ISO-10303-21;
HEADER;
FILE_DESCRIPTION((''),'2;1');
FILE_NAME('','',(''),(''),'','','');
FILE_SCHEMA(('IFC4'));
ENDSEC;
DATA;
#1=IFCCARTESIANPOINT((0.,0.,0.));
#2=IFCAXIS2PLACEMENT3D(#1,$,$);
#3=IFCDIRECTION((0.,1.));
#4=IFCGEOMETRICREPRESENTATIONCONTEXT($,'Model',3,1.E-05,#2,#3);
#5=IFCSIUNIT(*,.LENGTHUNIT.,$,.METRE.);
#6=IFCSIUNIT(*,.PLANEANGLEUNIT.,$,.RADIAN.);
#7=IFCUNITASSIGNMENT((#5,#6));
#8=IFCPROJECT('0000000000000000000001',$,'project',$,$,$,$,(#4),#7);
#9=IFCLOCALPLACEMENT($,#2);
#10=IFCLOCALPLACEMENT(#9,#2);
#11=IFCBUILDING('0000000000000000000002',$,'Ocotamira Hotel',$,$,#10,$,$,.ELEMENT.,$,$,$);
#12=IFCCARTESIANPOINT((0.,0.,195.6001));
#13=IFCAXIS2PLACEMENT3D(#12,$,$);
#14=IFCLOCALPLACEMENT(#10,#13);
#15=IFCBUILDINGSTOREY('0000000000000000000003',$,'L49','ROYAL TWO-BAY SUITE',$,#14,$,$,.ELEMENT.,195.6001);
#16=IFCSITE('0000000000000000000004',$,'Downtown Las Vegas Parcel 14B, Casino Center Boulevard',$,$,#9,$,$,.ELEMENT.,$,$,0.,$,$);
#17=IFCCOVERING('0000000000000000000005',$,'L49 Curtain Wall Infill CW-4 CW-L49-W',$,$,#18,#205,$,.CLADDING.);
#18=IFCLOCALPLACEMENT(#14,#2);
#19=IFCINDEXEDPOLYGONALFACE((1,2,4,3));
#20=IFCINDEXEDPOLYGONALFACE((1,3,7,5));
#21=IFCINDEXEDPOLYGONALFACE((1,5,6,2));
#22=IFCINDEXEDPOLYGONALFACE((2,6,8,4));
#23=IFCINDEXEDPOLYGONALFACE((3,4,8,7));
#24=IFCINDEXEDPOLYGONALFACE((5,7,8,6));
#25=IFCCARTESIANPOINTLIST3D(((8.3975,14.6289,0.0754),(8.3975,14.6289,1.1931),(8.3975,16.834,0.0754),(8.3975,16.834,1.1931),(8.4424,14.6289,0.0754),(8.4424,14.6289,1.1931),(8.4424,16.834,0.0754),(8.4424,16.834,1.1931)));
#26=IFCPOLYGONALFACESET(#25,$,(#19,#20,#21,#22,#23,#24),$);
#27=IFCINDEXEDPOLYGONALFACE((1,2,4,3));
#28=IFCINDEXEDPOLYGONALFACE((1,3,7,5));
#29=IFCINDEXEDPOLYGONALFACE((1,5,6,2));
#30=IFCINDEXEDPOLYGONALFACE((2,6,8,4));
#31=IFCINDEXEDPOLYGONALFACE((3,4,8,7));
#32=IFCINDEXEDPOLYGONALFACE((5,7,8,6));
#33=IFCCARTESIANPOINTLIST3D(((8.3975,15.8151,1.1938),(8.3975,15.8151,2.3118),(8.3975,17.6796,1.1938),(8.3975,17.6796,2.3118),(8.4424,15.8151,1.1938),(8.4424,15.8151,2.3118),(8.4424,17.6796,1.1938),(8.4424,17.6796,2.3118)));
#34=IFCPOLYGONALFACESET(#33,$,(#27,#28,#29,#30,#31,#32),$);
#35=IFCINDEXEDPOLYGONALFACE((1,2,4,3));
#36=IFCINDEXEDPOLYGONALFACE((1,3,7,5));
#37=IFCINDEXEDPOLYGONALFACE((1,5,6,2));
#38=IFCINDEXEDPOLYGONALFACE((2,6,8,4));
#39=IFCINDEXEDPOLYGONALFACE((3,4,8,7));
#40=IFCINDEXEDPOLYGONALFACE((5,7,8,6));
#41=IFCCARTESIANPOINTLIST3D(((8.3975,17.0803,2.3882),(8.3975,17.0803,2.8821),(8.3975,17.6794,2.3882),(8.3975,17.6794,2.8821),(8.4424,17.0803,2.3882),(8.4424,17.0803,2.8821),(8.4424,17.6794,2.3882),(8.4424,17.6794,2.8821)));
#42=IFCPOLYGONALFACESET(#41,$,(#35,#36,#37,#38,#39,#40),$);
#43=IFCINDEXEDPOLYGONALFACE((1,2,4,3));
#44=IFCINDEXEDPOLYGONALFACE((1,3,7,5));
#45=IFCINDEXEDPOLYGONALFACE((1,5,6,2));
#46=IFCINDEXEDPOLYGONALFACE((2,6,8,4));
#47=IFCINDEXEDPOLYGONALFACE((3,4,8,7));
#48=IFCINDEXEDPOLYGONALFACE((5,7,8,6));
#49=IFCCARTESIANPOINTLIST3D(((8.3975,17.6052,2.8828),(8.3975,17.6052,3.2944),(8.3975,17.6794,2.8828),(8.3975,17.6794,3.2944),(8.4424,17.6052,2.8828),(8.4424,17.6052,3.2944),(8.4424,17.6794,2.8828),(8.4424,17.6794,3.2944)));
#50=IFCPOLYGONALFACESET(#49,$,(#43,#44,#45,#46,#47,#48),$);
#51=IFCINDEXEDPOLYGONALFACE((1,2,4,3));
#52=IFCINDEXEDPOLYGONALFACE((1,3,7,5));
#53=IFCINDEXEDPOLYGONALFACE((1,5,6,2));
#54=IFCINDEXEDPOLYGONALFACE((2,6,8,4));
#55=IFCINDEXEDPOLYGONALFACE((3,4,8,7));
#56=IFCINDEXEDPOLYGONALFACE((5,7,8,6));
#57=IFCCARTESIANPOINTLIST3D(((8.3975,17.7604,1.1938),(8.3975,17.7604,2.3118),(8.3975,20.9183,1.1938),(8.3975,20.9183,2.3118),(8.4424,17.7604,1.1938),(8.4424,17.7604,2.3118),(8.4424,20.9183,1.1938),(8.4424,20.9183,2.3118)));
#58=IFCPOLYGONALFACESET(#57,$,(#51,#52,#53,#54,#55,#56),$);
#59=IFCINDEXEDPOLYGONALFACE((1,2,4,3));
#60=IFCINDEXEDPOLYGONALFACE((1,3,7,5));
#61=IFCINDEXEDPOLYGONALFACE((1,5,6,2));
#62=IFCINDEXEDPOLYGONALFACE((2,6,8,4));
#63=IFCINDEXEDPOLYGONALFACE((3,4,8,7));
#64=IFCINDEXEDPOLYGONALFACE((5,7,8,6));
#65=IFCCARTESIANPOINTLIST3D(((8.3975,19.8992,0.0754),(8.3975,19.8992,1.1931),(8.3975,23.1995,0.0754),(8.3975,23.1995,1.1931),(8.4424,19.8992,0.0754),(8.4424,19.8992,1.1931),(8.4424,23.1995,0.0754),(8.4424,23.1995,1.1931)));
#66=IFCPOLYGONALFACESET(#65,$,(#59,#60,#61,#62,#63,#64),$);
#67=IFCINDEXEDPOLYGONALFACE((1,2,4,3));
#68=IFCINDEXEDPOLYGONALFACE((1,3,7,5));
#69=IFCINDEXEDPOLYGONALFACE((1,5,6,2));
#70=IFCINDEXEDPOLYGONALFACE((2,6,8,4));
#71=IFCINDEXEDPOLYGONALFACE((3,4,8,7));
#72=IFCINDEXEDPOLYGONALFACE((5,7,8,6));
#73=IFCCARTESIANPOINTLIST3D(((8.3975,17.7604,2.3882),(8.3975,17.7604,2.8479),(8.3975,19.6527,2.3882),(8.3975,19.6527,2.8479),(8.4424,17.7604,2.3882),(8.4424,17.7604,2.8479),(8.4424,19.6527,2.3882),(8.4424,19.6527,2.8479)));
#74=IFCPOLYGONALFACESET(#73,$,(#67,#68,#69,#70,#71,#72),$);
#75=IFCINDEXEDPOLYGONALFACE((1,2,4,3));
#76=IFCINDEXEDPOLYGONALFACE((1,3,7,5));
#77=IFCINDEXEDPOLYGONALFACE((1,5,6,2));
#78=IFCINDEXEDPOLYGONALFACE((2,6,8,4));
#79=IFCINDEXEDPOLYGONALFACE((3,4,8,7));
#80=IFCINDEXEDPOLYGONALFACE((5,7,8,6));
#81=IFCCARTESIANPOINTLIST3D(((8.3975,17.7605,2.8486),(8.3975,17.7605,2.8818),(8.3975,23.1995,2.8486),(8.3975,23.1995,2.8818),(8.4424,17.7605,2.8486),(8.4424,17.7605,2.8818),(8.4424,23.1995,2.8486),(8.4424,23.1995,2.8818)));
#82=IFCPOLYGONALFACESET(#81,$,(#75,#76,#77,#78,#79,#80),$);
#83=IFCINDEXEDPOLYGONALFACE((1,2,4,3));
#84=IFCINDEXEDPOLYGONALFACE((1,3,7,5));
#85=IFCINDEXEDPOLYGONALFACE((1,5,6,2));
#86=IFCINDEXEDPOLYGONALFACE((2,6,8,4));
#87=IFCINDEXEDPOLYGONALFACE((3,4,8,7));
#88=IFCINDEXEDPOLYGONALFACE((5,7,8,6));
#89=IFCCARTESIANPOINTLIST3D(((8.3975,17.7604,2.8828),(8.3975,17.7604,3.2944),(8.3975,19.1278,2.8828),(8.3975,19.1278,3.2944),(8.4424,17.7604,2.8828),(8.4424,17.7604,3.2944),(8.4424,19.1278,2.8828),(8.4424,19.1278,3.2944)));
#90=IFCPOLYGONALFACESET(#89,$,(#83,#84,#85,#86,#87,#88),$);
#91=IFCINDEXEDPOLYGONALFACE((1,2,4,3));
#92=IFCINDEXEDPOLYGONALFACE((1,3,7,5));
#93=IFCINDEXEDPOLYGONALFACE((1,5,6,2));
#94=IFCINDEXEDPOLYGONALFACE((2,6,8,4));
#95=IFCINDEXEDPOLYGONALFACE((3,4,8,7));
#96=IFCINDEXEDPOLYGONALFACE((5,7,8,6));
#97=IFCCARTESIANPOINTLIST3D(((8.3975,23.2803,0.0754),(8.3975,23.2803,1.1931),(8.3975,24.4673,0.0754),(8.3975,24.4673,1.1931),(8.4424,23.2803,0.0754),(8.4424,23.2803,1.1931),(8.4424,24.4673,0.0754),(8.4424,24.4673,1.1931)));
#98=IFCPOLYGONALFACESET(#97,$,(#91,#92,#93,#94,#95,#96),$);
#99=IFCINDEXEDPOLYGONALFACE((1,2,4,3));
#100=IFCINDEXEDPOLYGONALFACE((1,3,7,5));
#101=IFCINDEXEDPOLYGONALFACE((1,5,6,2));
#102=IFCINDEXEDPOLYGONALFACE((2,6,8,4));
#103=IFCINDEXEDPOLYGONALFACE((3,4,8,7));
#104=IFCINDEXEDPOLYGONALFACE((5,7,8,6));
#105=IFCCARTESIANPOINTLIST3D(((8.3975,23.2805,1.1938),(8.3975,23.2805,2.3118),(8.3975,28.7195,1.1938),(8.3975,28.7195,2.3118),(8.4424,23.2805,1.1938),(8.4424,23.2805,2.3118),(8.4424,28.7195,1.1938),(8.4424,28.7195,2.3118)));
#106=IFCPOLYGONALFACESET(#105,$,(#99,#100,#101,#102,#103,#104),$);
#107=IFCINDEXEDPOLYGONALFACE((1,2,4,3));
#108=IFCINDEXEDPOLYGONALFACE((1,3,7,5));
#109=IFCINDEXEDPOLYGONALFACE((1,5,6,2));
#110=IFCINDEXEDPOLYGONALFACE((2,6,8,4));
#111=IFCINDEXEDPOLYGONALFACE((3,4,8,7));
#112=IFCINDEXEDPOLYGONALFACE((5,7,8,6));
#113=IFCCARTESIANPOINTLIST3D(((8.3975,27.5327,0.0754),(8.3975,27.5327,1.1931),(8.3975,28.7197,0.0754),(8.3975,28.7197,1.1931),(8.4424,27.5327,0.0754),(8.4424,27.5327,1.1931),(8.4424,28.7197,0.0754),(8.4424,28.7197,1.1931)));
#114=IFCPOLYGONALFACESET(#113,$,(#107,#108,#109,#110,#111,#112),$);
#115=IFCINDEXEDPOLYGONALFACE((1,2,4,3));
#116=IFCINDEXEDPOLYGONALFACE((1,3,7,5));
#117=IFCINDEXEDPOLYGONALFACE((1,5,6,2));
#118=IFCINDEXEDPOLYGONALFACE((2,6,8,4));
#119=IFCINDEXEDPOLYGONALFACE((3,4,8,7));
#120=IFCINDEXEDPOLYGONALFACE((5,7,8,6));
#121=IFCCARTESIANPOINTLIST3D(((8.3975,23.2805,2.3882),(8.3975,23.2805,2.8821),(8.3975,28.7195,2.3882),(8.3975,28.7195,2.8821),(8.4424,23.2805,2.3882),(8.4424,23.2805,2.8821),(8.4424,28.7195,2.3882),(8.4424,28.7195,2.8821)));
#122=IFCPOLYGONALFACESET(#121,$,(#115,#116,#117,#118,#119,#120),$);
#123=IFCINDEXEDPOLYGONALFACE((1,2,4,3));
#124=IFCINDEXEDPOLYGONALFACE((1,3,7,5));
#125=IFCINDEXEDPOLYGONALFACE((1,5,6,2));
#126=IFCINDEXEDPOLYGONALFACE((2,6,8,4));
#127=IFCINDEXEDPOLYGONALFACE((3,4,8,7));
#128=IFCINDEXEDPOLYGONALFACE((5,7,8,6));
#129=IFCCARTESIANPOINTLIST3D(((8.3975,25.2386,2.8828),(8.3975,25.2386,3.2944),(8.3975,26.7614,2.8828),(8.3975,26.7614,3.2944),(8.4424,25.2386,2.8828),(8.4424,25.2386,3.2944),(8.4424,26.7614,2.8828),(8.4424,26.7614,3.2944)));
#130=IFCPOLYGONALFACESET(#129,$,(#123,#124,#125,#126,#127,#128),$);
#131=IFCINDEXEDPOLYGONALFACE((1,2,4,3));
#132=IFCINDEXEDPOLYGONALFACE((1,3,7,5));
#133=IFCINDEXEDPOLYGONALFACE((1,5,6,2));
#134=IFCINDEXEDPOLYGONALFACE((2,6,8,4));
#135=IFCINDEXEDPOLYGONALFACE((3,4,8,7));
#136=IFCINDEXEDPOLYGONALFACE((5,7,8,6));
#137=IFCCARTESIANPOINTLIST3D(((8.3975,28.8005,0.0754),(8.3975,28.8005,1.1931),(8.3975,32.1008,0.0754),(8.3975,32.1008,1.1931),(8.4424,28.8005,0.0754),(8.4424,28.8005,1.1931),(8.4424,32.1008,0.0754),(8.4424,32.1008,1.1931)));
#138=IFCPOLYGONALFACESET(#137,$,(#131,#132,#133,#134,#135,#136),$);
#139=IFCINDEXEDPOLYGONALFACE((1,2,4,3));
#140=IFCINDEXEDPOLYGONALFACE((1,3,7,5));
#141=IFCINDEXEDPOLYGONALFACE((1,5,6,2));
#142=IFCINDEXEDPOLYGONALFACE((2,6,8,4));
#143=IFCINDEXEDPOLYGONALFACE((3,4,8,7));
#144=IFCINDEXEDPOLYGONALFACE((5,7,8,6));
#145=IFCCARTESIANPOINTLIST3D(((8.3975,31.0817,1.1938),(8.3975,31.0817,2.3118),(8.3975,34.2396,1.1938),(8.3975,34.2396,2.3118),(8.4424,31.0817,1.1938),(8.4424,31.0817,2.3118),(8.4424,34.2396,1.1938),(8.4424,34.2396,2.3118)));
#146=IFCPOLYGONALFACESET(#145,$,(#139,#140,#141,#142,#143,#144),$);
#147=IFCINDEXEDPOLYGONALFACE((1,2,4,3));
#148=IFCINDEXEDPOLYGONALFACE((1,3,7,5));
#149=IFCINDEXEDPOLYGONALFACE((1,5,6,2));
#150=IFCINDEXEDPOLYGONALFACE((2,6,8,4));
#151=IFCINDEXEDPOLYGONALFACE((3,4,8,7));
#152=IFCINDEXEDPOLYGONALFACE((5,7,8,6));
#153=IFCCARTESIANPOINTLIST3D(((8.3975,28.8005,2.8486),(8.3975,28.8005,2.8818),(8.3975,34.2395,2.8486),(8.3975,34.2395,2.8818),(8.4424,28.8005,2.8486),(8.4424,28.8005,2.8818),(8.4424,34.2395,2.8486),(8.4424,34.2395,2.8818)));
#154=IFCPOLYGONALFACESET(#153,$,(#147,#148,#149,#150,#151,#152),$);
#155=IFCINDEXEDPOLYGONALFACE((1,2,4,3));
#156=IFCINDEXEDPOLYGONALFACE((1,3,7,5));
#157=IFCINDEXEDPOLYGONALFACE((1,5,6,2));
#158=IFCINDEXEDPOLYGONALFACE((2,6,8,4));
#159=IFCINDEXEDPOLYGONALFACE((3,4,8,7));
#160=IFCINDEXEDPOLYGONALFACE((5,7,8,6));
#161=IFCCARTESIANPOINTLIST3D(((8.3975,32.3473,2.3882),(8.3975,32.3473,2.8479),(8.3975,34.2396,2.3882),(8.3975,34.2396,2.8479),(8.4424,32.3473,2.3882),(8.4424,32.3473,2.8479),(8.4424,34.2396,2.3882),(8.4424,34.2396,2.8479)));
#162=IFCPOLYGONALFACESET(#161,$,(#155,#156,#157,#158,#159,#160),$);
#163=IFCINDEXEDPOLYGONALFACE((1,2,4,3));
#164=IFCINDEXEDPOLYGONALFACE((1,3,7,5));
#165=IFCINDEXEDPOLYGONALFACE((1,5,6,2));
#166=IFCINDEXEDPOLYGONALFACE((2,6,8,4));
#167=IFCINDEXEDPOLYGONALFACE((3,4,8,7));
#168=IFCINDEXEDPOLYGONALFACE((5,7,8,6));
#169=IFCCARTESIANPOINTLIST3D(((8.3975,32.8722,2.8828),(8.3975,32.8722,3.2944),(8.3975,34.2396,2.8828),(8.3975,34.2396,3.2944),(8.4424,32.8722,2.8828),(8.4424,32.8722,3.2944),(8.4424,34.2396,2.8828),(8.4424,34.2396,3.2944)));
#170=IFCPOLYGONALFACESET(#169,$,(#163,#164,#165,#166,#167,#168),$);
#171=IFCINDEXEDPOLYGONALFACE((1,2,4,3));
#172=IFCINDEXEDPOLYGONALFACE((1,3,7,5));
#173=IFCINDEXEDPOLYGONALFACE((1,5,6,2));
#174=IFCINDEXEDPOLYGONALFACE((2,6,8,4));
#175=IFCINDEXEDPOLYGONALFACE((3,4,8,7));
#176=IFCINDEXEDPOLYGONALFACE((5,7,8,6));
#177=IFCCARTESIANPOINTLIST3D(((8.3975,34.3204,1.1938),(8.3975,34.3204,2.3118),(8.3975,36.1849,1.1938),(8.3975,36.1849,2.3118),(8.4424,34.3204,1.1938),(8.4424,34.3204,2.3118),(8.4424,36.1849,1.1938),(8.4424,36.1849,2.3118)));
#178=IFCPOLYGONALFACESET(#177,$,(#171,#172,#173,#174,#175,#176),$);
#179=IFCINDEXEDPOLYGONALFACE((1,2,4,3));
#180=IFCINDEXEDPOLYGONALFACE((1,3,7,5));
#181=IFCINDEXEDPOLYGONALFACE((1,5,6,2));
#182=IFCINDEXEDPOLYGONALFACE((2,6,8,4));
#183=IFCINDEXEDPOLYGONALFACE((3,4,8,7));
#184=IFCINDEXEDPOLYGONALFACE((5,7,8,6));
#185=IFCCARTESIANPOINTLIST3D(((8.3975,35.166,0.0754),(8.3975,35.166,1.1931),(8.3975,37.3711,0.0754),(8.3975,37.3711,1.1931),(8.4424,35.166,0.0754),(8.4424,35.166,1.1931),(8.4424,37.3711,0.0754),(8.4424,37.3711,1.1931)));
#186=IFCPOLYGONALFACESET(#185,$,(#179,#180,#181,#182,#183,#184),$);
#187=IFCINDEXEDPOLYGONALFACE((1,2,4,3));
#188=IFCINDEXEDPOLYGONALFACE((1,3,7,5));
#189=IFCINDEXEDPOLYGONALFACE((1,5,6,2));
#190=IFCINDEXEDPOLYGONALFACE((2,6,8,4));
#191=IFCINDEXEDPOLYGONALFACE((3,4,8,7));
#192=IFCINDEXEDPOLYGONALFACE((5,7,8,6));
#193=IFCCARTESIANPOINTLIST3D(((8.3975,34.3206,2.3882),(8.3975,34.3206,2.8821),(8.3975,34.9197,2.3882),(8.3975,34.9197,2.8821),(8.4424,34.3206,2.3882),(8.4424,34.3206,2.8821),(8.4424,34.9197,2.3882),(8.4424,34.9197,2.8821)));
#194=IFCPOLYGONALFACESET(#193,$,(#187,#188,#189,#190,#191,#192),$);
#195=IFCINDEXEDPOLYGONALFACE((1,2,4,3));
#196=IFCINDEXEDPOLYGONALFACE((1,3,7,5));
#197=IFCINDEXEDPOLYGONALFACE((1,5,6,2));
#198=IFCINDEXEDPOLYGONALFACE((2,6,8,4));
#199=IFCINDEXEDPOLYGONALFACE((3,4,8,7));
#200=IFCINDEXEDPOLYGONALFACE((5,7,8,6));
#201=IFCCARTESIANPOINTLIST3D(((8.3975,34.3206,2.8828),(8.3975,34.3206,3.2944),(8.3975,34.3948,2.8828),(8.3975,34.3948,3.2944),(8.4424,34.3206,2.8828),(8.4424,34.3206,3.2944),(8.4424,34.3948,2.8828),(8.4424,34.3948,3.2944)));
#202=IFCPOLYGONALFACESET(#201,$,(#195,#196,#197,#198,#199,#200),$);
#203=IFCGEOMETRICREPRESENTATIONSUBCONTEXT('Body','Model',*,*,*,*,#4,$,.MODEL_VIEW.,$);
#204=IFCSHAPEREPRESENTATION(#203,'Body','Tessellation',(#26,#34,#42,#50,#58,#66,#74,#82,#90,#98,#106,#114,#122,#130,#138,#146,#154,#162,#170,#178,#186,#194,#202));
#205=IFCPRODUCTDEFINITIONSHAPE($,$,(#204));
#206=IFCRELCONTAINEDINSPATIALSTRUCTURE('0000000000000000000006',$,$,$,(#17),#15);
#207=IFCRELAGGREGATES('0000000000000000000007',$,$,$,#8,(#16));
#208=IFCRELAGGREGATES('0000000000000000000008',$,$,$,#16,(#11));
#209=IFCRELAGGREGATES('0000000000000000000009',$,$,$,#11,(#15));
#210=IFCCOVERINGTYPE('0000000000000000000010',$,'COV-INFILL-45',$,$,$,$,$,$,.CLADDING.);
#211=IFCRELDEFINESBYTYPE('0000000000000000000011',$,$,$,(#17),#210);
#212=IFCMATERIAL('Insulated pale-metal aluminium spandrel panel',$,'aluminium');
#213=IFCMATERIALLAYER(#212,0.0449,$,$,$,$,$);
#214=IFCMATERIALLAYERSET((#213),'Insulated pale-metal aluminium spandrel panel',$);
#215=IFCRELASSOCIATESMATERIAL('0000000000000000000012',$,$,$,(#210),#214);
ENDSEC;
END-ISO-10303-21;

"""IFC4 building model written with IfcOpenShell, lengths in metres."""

from ifc_helpers import new_model, si_unit, direction, frame, origin, origin_2d, place, context, subcontext, project, spatial, rectangle, extrude, material, layer, layer_set, type_object, element, save


model = new_model("IFC4")

# Units and contexts
model_context = context("Model", 3, precision=1e-05, world=origin(), true_north=direction((0.0, 1.0)))
body_context = subcontext(model_context, "Body", "Model", "MODEL_VIEW")
ifc_project = project(units=[si_unit("LENGTHUNIT", "METRE"), si_unit("PLANEANGLEUNIT", "RADIAN")], contexts=[model_context])

# Site, building, storey
site_placement = place(None, origin())
site = spatial("IfcSite", under=ifc_project, at=site_placement, Name="Downtown Las Vegas Parcel 14B, Casino Center Boulevard", CompositionType="ELEMENT", RefElevation=0.0)
building_placement = place(site_placement, origin())
building = spatial("IfcBuilding", under=site, at=building_placement, Name="Ocotamira Hotel", CompositionType="ELEMENT")
storey_placement = place(building_placement, frame((0.0, 0.0, 195.6001)))
storey = spatial("IfcBuildingStorey", under=building, at=storey_placement, Name="L49", Description="ROYAL TWO-BAY SUITE", CompositionType="ELEMENT", Elevation=195.6001)

# Covering
ifc_material_1 = material(Name="Insulated pale-metal aluminium spandrel panel", Category="aluminium")
ifc_layer_1 = layer(ifc_material_1, 0.0449)
ifc_layer_set_1 = layer_set([ifc_layer_1], Name="Insulated pale-metal aluminium spandrel panel")
covering_type_1 = type_object("IfcCoveringType", Name="COV-INFILL-45", PredefinedType="CLADDING", material=ifc_layer_set_1)
covering_1_placement = place(storey_placement, origin())
element("IfcCovering", 1, at=covering_1_placement, inside=storey, type_object=covering_type_1, Name="L49 Curtain Wall Infill CW-4 CW-L49-W", PredefinedType="CLADDING", context=body_context, shape_type="SweptSolid", body=[
    extrude(rectangle(XDim=2.2051, YDim=0.0449, at=origin_2d()), frame((8.4199, 15.7314, 0.0754), z_axis=(0.0, 0.0, 1.0), x_axis=(0.0, 1.0, 0.0)), (0.0, 0.0, 1.0), 1.1177),
    extrude(rectangle(XDim=1.8645, YDim=0.0449, at=origin_2d()), frame((8.4199, 16.7473, 1.1938), z_axis=(0.0, 0.0, 1.0), x_axis=(0.0, 1.0, 0.0)), (0.0, 0.0, 1.0), 1.1179),
    extrude(rectangle(XDim=0.5991, YDim=0.0449, at=origin_2d()), frame((8.4199, 17.3799, 2.3882), z_axis=(0.0, 0.0, 1.0), x_axis=(0.0, 1.0, 0.0)), (0.0, 0.0, 1.0), 0.4939),
    extrude(rectangle(XDim=0.0742, YDim=0.0449, at=origin_2d()), frame((8.4199, 17.6423, 2.8828), z_axis=(0.0, 0.0, 1.0), x_axis=(0.0, 1.0, 0.0)), (0.0, 0.0, 1.0), 0.4116),
    extrude(rectangle(XDim=3.158, YDim=0.0449, at=origin_2d()), frame((8.4199, 19.3394, 1.1938), z_axis=(0.0, 0.0, 1.0), x_axis=(0.0, 1.0, 0.0)), (0.0, 0.0, 1.0), 1.1179),
    extrude(rectangle(XDim=3.3003, YDim=0.0449, at=origin_2d()), frame((8.4199, 21.5493, 0.0754), z_axis=(0.0, 0.0, 1.0), x_axis=(0.0, 1.0, 0.0)), (0.0, 0.0, 1.0), 1.1177),
    extrude(rectangle(XDim=1.8923, YDim=0.0449, at=origin_2d()), frame((8.4199, 18.7065, 2.3882), z_axis=(0.0, 0.0, 1.0), x_axis=(0.0, 1.0, 0.0)), (0.0, 0.0, 1.0), 0.4597),
    extrude(rectangle(XDim=5.439, YDim=0.0449, at=origin_2d()), frame((8.4199, 20.48, 2.8486), z_axis=(0.0, 0.0, 1.0), x_axis=(0.0, 1.0, 0.0)), (0.0, 0.0, 1.0), 0.0332),
    extrude(rectangle(XDim=1.3674, YDim=0.0449, at=origin_2d()), frame((8.4199, 18.4441, 2.8828), z_axis=(0.0, 0.0, 1.0), x_axis=(0.0, 1.0, 0.0)), (0.0, 0.0, 1.0), 0.4116),
    extrude(rectangle(XDim=1.187, YDim=0.0449, at=origin_2d()), frame((8.4199, 23.8738, 0.0754), z_axis=(0.0, 0.0, 1.0), x_axis=(0.0, 1.0, 0.0)), (0.0, 0.0, 1.0), 1.1177),
    extrude(rectangle(XDim=5.439, YDim=0.0449, at=origin_2d()), frame((8.4199, 26.0, 1.1938), z_axis=(0.0, 0.0, 1.0), x_axis=(0.0, 1.0, 0.0)), (0.0, 0.0, 1.0), 1.1179),
    extrude(rectangle(XDim=1.187, YDim=0.0449, at=origin_2d()), frame((8.4199, 28.1262, 0.0754), z_axis=(0.0, 0.0, 1.0), x_axis=(0.0, 1.0, 0.0)), (0.0, 0.0, 1.0), 1.1177),
    extrude(rectangle(XDim=5.439, YDim=0.0449, at=origin_2d()), frame((8.4199, 26.0, 2.3882), z_axis=(0.0, 0.0, 1.0), x_axis=(0.0, 1.0, 0.0)), (0.0, 0.0, 1.0), 0.4939),
    extrude(rectangle(XDim=1.5227, YDim=0.0449, at=origin_2d()), frame((8.4199, 26.0, 2.8828), z_axis=(0.0, 0.0, 1.0), x_axis=(0.0, 1.0, 0.0)), (0.0, 0.0, 1.0), 0.4116),
    extrude(rectangle(XDim=3.3003, YDim=0.0449, at=origin_2d()), frame((8.4199, 30.4507, 0.0754), z_axis=(0.0, 0.0, 1.0), x_axis=(0.0, 1.0, 0.0)), (0.0, 0.0, 1.0), 1.1177),
    extrude(rectangle(XDim=3.158, YDim=0.0449, at=origin_2d()), frame((8.4199, 32.6606, 1.1938), z_axis=(0.0, 0.0, 1.0), x_axis=(0.0, 1.0, 0.0)), (0.0, 0.0, 1.0), 1.1179),
    extrude(rectangle(XDim=5.439, YDim=0.0449, at=origin_2d()), frame((8.4199, 31.52, 2.8486), z_axis=(0.0, 0.0, 1.0), x_axis=(0.0, 1.0, 0.0)), (0.0, 0.0, 1.0), 0.0332),
    extrude(rectangle(XDim=1.8923, YDim=0.0449, at=origin_2d()), frame((8.4199, 33.2935, 2.3882), z_axis=(0.0, 0.0, 1.0), x_axis=(0.0, 1.0, 0.0)), (0.0, 0.0, 1.0), 0.4597),
    extrude(rectangle(XDim=1.3674, YDim=0.0449, at=origin_2d()), frame((8.4199, 33.5559, 2.8828), z_axis=(0.0, 0.0, 1.0), x_axis=(0.0, 1.0, 0.0)), (0.0, 0.0, 1.0), 0.4116),
    extrude(rectangle(XDim=1.8645, YDim=0.0449, at=origin_2d()), frame((8.4199, 35.2527, 1.1938), z_axis=(0.0, 0.0, 1.0), x_axis=(0.0, 1.0, 0.0)), (0.0, 0.0, 1.0), 1.1179),
    extrude(rectangle(XDim=2.2051, YDim=0.0449, at=origin_2d()), frame((8.4199, 36.2686, 0.0754), z_axis=(0.0, 0.0, 1.0), x_axis=(0.0, 1.0, 0.0)), (0.0, 0.0, 1.0), 1.1177),
    extrude(rectangle(XDim=0.5991, YDim=0.0449, at=origin_2d()), frame((8.4199, 34.6201, 2.3882), z_axis=(0.0, 0.0, 1.0), x_axis=(0.0, 1.0, 0.0)), (0.0, 0.0, 1.0), 0.4939),
    extrude(rectangle(XDim=0.0742, YDim=0.0449, at=origin_2d()), frame((8.4199, 34.3577, 2.8828), z_axis=(0.0, 0.0, 1.0), x_axis=(0.0, 1.0, 0.0)), (0.0, 0.0, 1.0), 0.4116),
])

save(model, "model.ifc")
